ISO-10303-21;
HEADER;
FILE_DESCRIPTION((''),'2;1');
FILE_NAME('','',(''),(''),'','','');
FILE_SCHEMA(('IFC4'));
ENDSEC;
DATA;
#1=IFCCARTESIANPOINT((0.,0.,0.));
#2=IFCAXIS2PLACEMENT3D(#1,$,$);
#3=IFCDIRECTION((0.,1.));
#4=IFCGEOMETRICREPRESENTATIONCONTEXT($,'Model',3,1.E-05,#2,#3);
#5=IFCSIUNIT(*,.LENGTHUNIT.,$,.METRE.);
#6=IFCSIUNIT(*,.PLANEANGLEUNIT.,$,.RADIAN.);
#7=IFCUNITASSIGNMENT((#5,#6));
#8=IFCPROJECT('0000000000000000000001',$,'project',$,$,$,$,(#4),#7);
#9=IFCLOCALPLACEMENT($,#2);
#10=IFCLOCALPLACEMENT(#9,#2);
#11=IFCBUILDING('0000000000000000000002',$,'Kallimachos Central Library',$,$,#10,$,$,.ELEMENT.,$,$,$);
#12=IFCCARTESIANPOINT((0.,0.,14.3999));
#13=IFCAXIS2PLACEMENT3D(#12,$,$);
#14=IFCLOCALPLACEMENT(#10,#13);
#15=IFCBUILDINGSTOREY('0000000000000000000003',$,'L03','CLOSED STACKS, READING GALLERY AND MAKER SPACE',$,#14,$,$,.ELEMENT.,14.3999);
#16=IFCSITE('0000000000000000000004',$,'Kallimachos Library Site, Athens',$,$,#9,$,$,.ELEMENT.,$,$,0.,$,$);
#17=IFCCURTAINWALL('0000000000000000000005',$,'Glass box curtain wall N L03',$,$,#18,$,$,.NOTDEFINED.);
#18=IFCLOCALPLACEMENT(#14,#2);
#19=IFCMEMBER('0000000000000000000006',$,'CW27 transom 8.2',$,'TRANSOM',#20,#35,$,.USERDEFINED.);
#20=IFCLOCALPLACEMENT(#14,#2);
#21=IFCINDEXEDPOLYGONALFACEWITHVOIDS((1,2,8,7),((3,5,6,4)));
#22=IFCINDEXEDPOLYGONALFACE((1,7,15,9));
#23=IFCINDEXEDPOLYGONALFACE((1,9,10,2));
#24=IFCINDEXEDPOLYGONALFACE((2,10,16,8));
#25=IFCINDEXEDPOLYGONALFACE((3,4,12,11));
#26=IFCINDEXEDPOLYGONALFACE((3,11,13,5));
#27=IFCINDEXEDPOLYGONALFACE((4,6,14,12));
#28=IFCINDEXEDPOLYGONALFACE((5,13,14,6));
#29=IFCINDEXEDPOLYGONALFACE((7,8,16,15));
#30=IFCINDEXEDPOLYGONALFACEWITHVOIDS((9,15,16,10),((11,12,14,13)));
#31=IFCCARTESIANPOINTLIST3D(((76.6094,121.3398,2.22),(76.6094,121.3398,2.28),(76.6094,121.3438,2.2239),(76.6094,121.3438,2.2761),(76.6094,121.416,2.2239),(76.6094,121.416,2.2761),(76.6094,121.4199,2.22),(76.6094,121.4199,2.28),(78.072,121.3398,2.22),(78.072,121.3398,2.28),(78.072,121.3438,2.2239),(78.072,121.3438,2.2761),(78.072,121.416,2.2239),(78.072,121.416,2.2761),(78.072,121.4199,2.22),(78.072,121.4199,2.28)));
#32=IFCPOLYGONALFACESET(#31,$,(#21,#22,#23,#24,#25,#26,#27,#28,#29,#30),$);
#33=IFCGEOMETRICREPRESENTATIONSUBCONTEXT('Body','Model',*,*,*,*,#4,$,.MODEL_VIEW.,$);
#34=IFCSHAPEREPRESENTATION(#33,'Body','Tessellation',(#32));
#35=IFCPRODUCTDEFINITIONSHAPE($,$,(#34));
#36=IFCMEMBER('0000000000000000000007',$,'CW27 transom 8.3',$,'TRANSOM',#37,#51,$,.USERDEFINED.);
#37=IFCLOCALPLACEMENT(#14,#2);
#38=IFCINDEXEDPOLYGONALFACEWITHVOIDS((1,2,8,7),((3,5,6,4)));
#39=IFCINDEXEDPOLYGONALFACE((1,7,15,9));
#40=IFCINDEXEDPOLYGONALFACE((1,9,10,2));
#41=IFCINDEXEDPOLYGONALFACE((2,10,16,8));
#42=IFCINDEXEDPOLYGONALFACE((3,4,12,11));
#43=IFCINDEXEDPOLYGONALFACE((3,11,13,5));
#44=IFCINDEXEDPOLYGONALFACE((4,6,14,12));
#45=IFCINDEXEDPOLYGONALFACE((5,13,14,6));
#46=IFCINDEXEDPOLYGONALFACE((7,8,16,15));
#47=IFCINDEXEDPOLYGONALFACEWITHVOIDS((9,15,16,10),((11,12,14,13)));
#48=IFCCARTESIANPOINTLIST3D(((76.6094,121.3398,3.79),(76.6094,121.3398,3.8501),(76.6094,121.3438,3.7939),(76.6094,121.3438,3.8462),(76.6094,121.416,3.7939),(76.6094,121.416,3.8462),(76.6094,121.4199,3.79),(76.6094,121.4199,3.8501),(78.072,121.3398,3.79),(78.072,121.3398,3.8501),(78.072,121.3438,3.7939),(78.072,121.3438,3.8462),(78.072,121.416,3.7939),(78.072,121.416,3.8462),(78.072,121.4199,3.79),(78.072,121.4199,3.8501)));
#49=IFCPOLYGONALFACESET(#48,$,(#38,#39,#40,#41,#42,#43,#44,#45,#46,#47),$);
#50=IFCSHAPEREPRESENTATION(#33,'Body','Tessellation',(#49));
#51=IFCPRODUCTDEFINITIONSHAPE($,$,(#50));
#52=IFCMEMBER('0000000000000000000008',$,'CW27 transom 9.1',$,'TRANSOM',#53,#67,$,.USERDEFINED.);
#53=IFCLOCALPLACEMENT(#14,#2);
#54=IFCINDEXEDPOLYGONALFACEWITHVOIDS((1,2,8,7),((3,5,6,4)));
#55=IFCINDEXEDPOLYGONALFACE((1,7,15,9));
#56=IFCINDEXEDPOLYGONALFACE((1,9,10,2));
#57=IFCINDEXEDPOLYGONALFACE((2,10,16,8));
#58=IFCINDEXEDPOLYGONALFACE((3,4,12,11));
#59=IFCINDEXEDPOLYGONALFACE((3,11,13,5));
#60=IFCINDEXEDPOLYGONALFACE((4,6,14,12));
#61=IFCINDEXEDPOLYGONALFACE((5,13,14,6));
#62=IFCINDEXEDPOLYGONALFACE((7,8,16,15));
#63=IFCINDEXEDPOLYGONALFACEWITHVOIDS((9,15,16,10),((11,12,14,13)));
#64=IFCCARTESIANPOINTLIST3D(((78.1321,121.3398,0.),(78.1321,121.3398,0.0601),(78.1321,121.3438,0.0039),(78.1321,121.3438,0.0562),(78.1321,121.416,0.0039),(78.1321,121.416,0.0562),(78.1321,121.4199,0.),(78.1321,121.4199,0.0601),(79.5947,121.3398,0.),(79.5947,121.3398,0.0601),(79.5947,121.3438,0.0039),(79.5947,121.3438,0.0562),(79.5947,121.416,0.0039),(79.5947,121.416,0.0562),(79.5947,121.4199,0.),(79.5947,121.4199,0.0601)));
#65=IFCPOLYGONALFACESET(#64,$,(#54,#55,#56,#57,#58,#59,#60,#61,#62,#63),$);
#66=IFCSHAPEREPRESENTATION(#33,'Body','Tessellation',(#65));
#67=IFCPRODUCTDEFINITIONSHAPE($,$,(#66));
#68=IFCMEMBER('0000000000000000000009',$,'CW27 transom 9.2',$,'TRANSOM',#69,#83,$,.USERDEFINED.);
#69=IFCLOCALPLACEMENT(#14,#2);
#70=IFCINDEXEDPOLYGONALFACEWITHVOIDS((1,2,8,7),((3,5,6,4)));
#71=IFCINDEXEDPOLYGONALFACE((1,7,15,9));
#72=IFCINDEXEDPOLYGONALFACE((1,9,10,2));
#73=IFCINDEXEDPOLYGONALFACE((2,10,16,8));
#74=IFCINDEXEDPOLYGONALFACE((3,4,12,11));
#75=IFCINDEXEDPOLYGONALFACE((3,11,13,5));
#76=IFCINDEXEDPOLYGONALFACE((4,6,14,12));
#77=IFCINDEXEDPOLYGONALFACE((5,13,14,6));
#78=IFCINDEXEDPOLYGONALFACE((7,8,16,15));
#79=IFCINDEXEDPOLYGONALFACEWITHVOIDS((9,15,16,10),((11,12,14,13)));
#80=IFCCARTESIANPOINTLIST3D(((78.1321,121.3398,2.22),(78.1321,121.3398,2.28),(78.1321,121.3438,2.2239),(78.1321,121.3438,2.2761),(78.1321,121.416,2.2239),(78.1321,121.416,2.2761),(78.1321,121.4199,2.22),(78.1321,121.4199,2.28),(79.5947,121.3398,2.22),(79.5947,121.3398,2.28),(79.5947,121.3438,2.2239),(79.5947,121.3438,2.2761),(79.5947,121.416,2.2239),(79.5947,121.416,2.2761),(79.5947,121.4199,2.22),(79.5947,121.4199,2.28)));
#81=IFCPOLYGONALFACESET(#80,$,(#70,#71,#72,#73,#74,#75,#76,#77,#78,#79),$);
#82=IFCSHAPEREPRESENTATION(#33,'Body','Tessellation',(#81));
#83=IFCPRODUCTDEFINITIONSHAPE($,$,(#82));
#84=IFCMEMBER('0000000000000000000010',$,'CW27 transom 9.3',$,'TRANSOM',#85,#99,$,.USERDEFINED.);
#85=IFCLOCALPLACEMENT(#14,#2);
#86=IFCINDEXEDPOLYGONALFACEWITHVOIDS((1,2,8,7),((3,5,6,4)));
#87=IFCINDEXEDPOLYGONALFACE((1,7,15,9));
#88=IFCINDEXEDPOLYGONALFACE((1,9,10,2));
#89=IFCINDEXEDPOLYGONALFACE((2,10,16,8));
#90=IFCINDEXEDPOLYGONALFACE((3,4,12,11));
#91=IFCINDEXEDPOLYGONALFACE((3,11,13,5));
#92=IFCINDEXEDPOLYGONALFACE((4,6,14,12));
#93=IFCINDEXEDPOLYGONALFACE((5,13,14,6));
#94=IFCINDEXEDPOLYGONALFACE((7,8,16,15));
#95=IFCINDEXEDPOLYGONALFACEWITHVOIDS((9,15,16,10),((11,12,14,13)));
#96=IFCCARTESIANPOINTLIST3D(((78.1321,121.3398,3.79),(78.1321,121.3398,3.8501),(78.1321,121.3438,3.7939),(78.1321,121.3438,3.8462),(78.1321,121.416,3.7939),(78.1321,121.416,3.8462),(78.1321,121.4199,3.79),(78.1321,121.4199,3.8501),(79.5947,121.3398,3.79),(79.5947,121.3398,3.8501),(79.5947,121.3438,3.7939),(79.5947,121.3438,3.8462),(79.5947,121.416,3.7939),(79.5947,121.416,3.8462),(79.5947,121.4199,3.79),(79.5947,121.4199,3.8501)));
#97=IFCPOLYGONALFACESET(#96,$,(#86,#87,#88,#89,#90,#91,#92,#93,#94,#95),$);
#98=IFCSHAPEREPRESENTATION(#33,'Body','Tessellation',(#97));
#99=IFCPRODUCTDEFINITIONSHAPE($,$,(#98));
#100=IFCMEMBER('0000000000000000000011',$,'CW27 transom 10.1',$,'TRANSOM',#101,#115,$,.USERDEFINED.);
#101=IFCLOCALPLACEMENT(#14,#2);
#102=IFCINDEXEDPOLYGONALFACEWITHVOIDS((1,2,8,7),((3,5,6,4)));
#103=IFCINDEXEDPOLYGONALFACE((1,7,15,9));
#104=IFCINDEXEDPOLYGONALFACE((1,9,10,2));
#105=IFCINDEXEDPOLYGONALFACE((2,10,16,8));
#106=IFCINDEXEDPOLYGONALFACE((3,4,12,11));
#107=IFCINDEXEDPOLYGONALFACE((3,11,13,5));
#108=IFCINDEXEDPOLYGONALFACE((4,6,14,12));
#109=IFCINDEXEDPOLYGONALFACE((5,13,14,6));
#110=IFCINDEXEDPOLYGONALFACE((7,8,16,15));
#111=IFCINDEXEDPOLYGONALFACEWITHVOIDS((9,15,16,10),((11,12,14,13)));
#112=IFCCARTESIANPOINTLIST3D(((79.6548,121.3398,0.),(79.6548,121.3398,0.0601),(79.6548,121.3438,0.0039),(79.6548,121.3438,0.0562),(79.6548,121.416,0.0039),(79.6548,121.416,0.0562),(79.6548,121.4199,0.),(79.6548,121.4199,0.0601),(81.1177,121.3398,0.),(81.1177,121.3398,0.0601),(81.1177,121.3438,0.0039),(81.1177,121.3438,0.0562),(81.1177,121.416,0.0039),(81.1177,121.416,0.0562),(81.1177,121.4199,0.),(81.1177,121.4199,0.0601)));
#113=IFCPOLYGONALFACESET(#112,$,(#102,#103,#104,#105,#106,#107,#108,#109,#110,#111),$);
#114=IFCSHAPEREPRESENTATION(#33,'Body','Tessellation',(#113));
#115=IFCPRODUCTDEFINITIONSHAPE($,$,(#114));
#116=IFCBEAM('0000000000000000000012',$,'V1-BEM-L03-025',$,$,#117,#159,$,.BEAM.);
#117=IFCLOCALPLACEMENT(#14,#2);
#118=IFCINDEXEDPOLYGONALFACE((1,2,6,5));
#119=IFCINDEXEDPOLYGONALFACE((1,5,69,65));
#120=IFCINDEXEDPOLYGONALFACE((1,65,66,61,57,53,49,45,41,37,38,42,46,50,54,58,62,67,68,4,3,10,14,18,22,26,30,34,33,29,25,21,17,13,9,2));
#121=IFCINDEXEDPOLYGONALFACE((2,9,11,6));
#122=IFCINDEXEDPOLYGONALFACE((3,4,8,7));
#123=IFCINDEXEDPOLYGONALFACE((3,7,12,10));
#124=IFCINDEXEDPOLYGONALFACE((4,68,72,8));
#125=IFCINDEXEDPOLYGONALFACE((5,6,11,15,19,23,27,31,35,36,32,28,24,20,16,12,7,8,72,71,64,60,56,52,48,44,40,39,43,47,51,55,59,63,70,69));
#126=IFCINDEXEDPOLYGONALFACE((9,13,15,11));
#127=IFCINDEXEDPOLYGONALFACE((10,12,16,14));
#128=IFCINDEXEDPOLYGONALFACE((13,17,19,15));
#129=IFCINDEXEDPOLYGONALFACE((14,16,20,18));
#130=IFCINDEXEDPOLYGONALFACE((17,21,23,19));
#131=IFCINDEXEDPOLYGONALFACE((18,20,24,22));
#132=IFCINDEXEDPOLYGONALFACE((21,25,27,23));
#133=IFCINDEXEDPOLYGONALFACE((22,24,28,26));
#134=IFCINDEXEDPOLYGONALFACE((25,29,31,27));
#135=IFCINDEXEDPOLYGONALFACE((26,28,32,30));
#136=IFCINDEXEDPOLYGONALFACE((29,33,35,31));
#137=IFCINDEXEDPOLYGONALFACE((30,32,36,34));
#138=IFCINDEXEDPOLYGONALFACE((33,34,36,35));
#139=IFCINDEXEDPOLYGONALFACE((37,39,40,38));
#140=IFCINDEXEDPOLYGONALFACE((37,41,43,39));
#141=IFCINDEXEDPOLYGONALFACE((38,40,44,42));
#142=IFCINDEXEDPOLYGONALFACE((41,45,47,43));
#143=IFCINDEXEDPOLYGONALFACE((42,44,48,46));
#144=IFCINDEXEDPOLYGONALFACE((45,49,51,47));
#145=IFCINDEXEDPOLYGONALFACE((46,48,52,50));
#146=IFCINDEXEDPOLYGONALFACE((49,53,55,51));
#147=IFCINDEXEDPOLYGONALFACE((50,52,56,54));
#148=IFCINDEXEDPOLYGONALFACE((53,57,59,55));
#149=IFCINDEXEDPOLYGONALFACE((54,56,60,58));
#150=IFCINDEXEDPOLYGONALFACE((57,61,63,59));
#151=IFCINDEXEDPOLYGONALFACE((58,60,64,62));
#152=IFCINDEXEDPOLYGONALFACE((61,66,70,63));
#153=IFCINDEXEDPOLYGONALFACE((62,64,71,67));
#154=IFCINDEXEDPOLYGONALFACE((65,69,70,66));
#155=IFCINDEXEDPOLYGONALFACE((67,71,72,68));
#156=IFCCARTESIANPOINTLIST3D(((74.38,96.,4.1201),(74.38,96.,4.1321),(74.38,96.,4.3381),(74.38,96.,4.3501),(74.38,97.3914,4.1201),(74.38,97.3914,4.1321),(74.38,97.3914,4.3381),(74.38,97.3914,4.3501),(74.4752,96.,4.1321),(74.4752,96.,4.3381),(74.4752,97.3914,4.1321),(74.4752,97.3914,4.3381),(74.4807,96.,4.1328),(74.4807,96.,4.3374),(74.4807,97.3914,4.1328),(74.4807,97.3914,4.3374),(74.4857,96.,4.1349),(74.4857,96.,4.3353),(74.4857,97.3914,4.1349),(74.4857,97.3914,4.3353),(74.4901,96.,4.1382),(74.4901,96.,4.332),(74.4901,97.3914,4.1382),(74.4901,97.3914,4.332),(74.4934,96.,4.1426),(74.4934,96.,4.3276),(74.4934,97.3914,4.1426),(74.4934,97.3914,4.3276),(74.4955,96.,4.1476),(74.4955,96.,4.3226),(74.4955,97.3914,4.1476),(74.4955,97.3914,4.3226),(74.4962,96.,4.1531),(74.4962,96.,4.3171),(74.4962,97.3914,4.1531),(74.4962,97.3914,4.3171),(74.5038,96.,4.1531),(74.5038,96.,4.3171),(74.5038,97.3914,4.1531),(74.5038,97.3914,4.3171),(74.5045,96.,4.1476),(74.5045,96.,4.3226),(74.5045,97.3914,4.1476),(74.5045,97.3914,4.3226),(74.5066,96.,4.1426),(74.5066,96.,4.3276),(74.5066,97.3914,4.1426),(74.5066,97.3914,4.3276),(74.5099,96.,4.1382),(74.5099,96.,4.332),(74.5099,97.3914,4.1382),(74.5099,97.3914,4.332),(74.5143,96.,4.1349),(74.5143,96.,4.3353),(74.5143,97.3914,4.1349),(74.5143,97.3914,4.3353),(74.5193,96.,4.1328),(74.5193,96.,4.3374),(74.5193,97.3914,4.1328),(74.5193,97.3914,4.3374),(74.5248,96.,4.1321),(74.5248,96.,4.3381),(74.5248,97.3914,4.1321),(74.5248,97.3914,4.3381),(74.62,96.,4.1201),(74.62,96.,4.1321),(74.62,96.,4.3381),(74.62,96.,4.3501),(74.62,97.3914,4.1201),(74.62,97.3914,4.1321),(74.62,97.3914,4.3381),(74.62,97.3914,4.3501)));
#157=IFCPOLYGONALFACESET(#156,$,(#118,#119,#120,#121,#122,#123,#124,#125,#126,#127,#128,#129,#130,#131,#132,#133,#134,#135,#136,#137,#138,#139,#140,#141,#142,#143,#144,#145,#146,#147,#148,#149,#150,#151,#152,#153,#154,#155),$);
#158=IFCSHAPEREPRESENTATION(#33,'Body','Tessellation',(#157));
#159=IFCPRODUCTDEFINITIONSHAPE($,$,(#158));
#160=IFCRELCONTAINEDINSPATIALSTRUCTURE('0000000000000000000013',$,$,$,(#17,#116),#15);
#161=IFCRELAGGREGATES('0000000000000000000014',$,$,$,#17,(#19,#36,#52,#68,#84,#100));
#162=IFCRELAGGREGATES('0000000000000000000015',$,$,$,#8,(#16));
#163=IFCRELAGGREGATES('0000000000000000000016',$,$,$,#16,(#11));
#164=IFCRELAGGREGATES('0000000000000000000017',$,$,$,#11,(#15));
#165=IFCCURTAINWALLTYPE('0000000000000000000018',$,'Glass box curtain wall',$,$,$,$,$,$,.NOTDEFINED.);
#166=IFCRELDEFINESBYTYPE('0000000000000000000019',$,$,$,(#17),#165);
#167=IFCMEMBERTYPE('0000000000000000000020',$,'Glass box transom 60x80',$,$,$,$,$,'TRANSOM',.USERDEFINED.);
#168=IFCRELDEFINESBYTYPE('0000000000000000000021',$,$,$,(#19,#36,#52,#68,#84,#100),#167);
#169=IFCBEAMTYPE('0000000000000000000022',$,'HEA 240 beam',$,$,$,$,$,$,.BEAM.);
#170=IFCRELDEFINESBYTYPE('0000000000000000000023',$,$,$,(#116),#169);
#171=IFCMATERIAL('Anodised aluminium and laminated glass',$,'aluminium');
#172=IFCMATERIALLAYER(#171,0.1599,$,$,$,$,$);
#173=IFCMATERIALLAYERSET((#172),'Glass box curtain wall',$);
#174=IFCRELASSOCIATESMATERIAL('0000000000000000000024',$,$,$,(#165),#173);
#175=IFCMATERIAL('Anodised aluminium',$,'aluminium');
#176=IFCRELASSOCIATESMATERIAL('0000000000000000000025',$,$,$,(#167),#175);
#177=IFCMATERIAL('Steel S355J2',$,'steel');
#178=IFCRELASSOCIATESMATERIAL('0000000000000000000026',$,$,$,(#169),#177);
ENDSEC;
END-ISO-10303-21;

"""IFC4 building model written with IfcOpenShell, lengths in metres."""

from ifc_helpers import new_model, si_unit, direction, frame, origin, origin_2d, place, context, subcontext, project, spatial, hollow_rectangle, i_section, extrude, material, layer, layer_set, material_profile, profile_set, type_object, element, aggregate, save


model = new_model("IFC4")

# Units and contexts
model_context = context("Model", 3, precision=1e-05, world=origin(), true_north=direction((0.0, 1.0)))
body_context = subcontext(model_context, "Body", "Model", "MODEL_VIEW")
ifc_project = project(units=[si_unit("LENGTHUNIT", "METRE"), si_unit("PLANEANGLEUNIT", "RADIAN")], contexts=[model_context])

# Site, building, storey
site_placement = place(None, origin())
site = spatial("IfcSite", under=ifc_project, at=site_placement, Name="Kallimachos Library Site, Athens", CompositionType="ELEMENT", RefElevation=0.0)
building_placement = place(site_placement, origin())
building = spatial("IfcBuilding", under=site, at=building_placement, Name="Kallimachos Central Library", CompositionType="ELEMENT")
storey_placement = place(building_placement, frame((0.0, 0.0, 14.3999)))
storey = spatial("IfcBuildingStorey", under=building, at=storey_placement, Name="L03", Description="CLOSED STACKS, READING GALLERY AND MAKER SPACE", CompositionType="ELEMENT", Elevation=14.3999)

# Curtain wall, members
ifc_material_1 = material(Name="Anodised aluminium and laminated glass", Category="aluminium")
ifc_layer_1 = layer(ifc_material_1, 0.1599)
ifc_layer_set_1 = layer_set([ifc_layer_1], Name="Glass box curtain wall")
curtain_wall_type = type_object("IfcCurtainWallType", Name="Glass box curtain wall", PredefinedType="NOTDEFINED", material=ifc_layer_set_1)
curtain_wall_placement = place(storey_placement, origin())
curtain_wall = element("IfcCurtainWall", 1, at=curtain_wall_placement, inside=storey, type_object=curtain_wall_type, Name="Glass box curtain wall N L03", PredefinedType="NOTDEFINED")
ifc_material_2 = material(Name="Anodised aluminium", Category="aluminium")
ifc_material_profile_1 = material_profile(ifc_material_2, hollow_rectangle(XDim=0.0601, YDim=0.0801, WallThickness=0.0039, at=origin_2d()), Name="ALU TRANSOM 60x80")
ifc_profile_set_1 = profile_set([ifc_material_profile_1], Name="Anodised aluminium")
member_type_1 = type_object("IfcMemberType", Name="Glass box transom 60x80", ElementType="TRANSOM", PredefinedType="USERDEFINED", material=ifc_profile_set_1)
member_1_placement = place(storey_placement, frame((76.6094, 121.3799, 2.25), z_axis=(1.0, 0.0, 0.0), x_axis=(0.0, 0.0, 1.0)))
member_1 = element("IfcMember", 2, at=member_1_placement, type_object=member_type_1, Name="CW27 transom 8.2", ObjectType="TRANSOM", PredefinedType="USERDEFINED", context=body_context, shape_type="SweptSolid", body=[
    extrude(hollow_rectangle(XDim=0.0601, YDim=0.0801, WallThickness=0.0039, at=origin_2d()), origin(), (0.0, 0.0, 1.0), 1.4626),
])
member_2_placement = place(storey_placement, frame((76.6094, 121.3799, 3.8201), z_axis=(1.0, 0.0, 0.0), x_axis=(0.0, 0.0, 1.0)))
member_2 = element("IfcMember", 3, at=member_2_placement, type_object=member_type_1, Name="CW27 transom 8.3", ObjectType="TRANSOM", PredefinedType="USERDEFINED", context=body_context, shape_type="SweptSolid", body=[
    extrude(hollow_rectangle(XDim=0.0601, YDim=0.0801, WallThickness=0.0039, at=origin_2d()), origin(), (0.0, 0.0, 1.0), 1.4626),
])
member_3_placement = place(storey_placement, frame((78.1321, 121.3799, 0.03), z_axis=(1.0, 0.0, 0.0), x_axis=(0.0, 0.0, 1.0)))
member_3 = element("IfcMember", 4, at=member_3_placement, type_object=member_type_1, Name="CW27 transom 9.1", ObjectType="TRANSOM", PredefinedType="USERDEFINED", context=body_context, shape_type="SweptSolid", body=[
    extrude(hollow_rectangle(XDim=0.0601, YDim=0.0801, WallThickness=0.0039, at=origin_2d()), origin(), (0.0, 0.0, 1.0), 1.4626),
])
member_4_placement = place(storey_placement, frame((78.1321, 121.3799, 2.25), z_axis=(1.0, 0.0, 0.0), x_axis=(0.0, 0.0, 1.0)))
member_4 = element("IfcMember", 5, at=member_4_placement, type_object=member_type_1, Name="CW27 transom 9.2", ObjectType="TRANSOM", PredefinedType="USERDEFINED", context=body_context, shape_type="SweptSolid", body=[
    extrude(hollow_rectangle(XDim=0.0601, YDim=0.0801, WallThickness=0.0039, at=origin_2d()), origin(), (0.0, 0.0, 1.0), 1.4626),
])
member_5_placement = place(storey_placement, frame((78.1321, 121.3799, 3.8201), z_axis=(1.0, 0.0, 0.0), x_axis=(0.0, 0.0, 1.0)))
member_5 = element("IfcMember", 6, at=member_5_placement, type_object=member_type_1, Name="CW27 transom 9.3", ObjectType="TRANSOM", PredefinedType="USERDEFINED", context=body_context, shape_type="SweptSolid", body=[
    extrude(hollow_rectangle(XDim=0.0601, YDim=0.0801, WallThickness=0.0039, at=origin_2d()), origin(), (0.0, 0.0, 1.0), 1.4626),
])
member_6_placement = place(storey_placement, frame((79.6548, 121.3799, 0.03), z_axis=(1.0, 0.0, 0.0), x_axis=(0.0, 0.0, 1.0)))
member_6 = element("IfcMember", 7, at=member_6_placement, type_object=member_type_1, Name="CW27 transom 10.1", ObjectType="TRANSOM", PredefinedType="USERDEFINED", context=body_context, shape_type="SweptSolid", body=[
    extrude(hollow_rectangle(XDim=0.0601, YDim=0.0801, WallThickness=0.0039, at=origin_2d()), origin(), (0.0, 0.0, 1.0), 1.4629),
])

# Beam
ifc_material_3 = material(Name="Steel S355J2", Category="steel")
ifc_material_profile_2 = material_profile(ifc_material_3, i_section(OverallWidth=0.24, OverallDepth=0.23, WebThickness=0.0076, FlangeThickness=0.012, FilletRadius=0.021, at=origin_2d()), Name="HEA 240")
ifc_profile_set_2 = profile_set([ifc_material_profile_2], Name="Steel S355J2")
beam_type_1 = type_object("IfcBeamType", Name="HEA 240 beam", PredefinedType="BEAM", material=ifc_profile_set_2)
beam_1_placement = place(storey_placement, frame((74.5, 96.0, 4.2351), z_axis=(0.0, 1.0, 0.0), x_axis=(-1.0, 0.0, 0.0)))
element("IfcBeam", 8, at=beam_1_placement, inside=storey, type_object=beam_type_1, Name="V1-BEM-L03-025", PredefinedType="BEAM", context=body_context, shape_type="SweptSolid", body=[
    extrude(i_section(OverallWidth=0.24, OverallDepth=0.23, WebThickness=0.0076, FlangeThickness=0.012, FilletRadius=0.021, at=origin_2d()), origin(), (0.0, 0.0, 1.0), 1.3914),
])

aggregate(curtain_wall, [member_1, member_2, member_3, member_4, member_5, member_6])

save(model, "model.ifc")
